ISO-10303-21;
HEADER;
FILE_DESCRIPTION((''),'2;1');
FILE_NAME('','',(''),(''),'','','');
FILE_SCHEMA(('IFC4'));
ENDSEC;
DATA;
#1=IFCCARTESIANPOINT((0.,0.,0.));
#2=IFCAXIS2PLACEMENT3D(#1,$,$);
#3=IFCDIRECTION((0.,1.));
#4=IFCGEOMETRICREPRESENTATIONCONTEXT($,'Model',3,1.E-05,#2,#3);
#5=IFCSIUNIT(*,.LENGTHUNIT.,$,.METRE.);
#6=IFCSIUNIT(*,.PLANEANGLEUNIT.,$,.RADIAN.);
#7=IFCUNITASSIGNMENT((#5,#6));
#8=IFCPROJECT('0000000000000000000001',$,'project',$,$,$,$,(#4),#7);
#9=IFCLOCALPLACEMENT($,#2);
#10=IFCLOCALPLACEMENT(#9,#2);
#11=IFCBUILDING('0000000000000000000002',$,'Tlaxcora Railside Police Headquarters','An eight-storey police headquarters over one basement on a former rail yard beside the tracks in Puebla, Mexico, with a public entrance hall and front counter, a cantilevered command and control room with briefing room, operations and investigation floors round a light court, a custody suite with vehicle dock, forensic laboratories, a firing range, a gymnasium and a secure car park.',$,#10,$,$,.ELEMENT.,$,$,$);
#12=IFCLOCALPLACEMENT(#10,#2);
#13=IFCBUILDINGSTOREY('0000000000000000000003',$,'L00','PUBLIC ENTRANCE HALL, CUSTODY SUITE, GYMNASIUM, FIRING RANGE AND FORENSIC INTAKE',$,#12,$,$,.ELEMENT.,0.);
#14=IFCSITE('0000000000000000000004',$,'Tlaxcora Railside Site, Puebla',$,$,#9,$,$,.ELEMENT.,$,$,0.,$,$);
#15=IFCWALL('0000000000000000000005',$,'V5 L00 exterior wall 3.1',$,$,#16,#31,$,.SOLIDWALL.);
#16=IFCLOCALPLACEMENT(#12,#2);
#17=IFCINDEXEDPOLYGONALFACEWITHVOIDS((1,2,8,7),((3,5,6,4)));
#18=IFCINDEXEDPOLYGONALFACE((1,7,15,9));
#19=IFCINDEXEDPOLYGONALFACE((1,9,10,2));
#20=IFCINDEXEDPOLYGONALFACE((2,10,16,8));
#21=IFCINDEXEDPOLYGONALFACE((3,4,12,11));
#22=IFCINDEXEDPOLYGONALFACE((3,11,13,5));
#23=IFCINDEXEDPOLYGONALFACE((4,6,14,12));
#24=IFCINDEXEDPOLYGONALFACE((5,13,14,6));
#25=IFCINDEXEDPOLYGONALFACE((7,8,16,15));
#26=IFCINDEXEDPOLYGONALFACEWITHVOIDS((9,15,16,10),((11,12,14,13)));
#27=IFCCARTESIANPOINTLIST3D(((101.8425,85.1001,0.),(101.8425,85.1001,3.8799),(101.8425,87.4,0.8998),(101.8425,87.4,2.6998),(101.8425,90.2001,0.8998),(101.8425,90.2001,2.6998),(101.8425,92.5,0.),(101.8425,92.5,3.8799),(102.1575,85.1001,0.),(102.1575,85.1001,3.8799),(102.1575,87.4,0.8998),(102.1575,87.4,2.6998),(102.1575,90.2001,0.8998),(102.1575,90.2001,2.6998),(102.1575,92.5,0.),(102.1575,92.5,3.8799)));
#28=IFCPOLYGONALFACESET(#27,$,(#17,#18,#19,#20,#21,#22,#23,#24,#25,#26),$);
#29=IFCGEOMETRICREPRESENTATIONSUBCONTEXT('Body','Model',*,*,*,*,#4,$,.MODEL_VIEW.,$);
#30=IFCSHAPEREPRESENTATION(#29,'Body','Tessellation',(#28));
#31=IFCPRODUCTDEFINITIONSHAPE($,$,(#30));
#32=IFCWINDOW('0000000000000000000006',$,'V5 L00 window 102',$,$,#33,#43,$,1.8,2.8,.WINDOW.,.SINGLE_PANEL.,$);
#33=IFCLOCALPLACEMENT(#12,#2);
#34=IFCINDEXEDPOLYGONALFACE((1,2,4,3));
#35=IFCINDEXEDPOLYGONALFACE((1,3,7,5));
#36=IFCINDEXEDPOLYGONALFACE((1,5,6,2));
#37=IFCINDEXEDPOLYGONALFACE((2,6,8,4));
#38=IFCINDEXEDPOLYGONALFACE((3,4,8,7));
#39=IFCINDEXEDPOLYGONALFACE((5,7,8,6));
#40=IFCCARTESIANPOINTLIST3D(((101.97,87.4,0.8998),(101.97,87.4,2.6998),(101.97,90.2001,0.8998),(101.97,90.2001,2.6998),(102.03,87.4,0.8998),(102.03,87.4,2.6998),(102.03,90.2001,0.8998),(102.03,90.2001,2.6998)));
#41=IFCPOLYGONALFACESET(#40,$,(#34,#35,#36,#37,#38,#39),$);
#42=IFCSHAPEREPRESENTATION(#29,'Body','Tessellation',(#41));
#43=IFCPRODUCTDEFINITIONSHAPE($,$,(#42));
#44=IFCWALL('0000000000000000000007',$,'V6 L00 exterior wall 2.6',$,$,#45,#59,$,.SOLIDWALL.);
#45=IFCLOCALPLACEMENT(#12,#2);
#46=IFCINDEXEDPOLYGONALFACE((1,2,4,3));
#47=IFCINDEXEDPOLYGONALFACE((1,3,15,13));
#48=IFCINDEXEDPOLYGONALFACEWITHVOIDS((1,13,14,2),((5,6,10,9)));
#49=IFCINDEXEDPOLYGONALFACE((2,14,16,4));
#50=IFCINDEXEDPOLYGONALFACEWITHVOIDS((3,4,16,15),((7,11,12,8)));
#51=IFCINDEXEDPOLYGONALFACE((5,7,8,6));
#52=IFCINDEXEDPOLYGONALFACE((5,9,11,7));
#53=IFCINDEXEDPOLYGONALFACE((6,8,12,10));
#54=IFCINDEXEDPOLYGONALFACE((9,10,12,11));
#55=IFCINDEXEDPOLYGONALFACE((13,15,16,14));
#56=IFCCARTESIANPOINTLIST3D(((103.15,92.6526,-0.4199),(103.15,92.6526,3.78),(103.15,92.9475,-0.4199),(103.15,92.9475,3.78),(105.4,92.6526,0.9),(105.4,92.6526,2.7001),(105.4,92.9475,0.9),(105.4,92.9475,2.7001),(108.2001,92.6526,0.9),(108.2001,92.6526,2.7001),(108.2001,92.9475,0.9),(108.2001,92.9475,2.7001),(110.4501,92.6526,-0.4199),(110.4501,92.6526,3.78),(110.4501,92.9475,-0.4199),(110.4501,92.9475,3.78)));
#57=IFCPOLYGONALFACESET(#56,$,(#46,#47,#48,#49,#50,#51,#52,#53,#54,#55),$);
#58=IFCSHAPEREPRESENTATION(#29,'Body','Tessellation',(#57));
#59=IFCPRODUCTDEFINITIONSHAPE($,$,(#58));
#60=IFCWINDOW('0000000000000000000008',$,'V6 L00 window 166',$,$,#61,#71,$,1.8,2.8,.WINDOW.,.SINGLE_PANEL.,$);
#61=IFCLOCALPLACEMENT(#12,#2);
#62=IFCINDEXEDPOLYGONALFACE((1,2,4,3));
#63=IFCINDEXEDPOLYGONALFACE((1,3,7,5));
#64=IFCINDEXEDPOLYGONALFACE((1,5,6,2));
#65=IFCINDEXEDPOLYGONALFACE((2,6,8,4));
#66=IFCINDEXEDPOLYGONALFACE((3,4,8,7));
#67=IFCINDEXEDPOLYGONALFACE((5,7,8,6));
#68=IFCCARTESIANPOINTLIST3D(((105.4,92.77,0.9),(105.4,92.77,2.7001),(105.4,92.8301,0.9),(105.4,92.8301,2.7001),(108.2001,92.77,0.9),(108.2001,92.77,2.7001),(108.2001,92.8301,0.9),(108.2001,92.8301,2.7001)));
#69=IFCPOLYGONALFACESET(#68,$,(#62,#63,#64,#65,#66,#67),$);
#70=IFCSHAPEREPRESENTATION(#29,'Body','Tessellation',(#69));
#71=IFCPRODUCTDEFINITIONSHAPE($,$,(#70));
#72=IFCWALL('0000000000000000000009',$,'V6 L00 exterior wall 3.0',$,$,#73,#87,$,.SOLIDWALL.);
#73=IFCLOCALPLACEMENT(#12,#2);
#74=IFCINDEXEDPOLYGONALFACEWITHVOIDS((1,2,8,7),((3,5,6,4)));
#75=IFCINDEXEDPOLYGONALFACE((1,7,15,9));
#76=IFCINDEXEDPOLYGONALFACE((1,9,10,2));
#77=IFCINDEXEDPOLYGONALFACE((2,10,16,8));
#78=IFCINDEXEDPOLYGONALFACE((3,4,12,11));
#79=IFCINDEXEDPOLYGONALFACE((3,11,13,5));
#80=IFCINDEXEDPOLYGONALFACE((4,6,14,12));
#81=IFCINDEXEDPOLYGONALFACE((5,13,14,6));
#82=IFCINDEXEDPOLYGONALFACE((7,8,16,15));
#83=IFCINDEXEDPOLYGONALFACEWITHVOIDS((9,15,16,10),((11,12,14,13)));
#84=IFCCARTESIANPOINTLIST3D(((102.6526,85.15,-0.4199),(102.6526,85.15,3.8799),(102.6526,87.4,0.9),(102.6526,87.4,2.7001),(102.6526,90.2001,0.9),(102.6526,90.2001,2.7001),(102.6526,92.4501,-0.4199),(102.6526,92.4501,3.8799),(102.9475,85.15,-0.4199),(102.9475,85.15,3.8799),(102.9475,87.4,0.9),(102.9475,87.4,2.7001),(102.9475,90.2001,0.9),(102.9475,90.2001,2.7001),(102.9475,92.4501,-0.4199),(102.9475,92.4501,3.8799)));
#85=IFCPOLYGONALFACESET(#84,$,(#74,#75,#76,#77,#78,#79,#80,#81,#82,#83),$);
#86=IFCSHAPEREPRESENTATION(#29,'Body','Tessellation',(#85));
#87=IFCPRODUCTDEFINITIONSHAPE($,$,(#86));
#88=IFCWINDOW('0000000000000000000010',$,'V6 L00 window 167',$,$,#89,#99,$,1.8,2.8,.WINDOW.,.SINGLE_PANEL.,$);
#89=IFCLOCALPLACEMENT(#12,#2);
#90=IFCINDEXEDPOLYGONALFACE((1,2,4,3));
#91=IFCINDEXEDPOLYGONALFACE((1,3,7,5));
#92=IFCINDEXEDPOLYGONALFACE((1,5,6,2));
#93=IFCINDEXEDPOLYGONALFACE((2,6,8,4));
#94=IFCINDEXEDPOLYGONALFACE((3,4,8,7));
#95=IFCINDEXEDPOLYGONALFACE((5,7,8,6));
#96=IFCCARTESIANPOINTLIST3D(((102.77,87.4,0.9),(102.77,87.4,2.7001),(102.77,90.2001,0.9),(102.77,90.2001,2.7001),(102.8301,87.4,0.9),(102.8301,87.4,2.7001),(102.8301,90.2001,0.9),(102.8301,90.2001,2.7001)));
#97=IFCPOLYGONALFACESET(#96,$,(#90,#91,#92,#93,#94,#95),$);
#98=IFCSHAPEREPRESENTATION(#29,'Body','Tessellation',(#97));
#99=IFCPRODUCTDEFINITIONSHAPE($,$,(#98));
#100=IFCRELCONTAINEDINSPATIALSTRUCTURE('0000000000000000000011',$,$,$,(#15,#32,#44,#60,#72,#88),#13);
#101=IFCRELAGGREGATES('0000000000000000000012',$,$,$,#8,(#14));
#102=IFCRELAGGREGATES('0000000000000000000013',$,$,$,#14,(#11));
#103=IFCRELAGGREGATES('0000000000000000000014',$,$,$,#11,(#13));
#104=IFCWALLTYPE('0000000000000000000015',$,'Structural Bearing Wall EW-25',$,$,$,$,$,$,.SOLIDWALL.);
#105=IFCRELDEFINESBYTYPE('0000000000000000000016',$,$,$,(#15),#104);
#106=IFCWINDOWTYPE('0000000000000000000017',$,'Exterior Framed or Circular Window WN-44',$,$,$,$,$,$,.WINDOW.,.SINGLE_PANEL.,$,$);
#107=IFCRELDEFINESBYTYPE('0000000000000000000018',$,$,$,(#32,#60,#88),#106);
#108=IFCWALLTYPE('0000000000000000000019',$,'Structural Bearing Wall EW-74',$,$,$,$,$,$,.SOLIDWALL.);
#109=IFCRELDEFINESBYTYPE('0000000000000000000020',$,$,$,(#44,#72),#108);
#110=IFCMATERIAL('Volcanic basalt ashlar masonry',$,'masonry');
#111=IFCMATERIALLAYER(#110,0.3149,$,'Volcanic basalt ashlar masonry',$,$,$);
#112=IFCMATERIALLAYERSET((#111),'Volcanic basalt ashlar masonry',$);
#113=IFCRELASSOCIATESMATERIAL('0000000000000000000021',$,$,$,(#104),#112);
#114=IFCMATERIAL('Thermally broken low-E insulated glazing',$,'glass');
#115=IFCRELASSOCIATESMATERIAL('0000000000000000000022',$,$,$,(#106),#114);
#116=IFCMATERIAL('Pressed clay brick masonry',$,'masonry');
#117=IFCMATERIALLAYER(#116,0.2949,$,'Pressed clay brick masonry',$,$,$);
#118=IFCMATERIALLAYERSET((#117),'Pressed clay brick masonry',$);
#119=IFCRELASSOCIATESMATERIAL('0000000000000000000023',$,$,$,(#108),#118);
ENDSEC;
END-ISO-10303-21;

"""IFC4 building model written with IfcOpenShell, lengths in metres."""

from ifc_helpers import new_model, si_unit, direction, frame, frame_2d, origin, place, context, subcontext, project, spatial, rectangle, extrude, material, layer, layer_set, type_object, element, fill, save


model = new_model("IFC4")

# Units and contexts
model_context = context("Model", 3, precision=1e-05, world=origin(), true_north=direction((0.0, 1.0)))
body_context = subcontext(model_context, "Body", "Model", "MODEL_VIEW")
ifc_project = project(units=[si_unit("LENGTHUNIT", "METRE"), si_unit("PLANEANGLEUNIT", "RADIAN")], contexts=[model_context])

# Site, building, storey
site_placement = place(None, origin())
site = spatial("IfcSite", under=ifc_project, at=site_placement, Name="Tlaxcora Railside Site, Puebla", CompositionType="ELEMENT", RefElevation=0.0)
building_placement = place(site_placement, origin())
building = spatial("IfcBuilding", under=site, at=building_placement, Name="Tlaxcora Railside Police Headquarters", Description="An eight-storey police headquarters over one basement on a former rail yard beside the tracks in Puebla, Mexico, with a public entrance hall and front counter, a cantilevered command and control room with briefing room, operations and investigation floors round a light court, a custody suite with vehicle dock, forensic laboratories, a firing range, a gymnasium and a secure car park.", CompositionType="ELEMENT")
storey_placement = place(building_placement, origin())
storey = spatial("IfcBuildingStorey", under=building, at=storey_placement, Name="L00", Description="PUBLIC ENTRANCE HALL, CUSTODY SUITE, GYMNASIUM, FIRING RANGE AND FORENSIC INTAKE", CompositionType="ELEMENT", Elevation=0.0)

# Walls, openings, windows
ifc_material_1 = material(Name="Volcanic basalt ashlar masonry", Category="masonry")
ifc_layer_1 = layer(ifc_material_1, 0.3149, Name="Volcanic basalt ashlar masonry")
ifc_layer_set_1 = layer_set([ifc_layer_1], Name="Volcanic basalt ashlar masonry")
wall_type_1 = type_object("IfcWallType", Name="Structural Bearing Wall EW-25", PredefinedType="SOLIDWALL", material=ifc_layer_set_1)
wall_1_placement = place(storey_placement, frame((102.0, 85.1001, 0.0), z_axis=(0.0, 0.0, 1.0), x_axis=(0.0, 1.0, 0.0)))
wall_1 = element("IfcWall", 1, at=wall_1_placement, inside=storey, type_object=wall_type_1, Name="V5 L00 exterior wall 3.1", PredefinedType="SOLIDWALL", context=body_context, shape_type="SweptSolid", body=[
    extrude(rectangle(XDim=7.3999, YDim=0.3149, at=frame_2d((3.7, 0.0))), origin(), (0.0, 0.0, 1.0), 3.8799),
])
opening_1_placement = place(wall_1_placement, frame((2.3, 0.0, 0.8999)))
opening_1 = element("IfcOpeningElement", 2, at=opening_1_placement, cuts=wall_1, PredefinedType="OPENING", context=body_context, shape_type="SweptSolid", body=[
    extrude(rectangle(XDim=2.8, YDim=1.8, at=frame_2d((1.3999, 0.8999))), frame((0.0, 0.1675, 0.0), z_axis=(0.0, -1.0, 0.0), x_axis=(1.0, 0.0, 0.0)), (0.0, 0.0, 1.0), 0.335),
])
ifc_material_2 = material(Name="Thermally broken low-E insulated glazing", Category="glass")
window_type = type_object("IfcWindowType", Name="Exterior Framed or Circular Window WN-44", PartitioningType="SINGLE_PANEL", PredefinedType="WINDOW", material=ifc_material_2)
window_1_placement = place(opening_1_placement, origin())
window_1 = element("IfcWindow", 3, at=window_1_placement, inside=storey, type_object=window_type, Name="V5 L00 window 102", OverallHeight=1.8, OverallWidth=2.8, PartitioningType="SINGLE_PANEL", PredefinedType="WINDOW", context=body_context, shape_type="SweptSolid", body=[
    extrude(rectangle(XDim=2.8, YDim=1.8, at=frame_2d((1.3999, 0.8999))), frame((0.0, 0.03, 0.0), z_axis=(0.0, -1.0, 0.0), x_axis=(1.0, 0.0, 0.0)), (0.0, 0.0, 1.0), 0.0601),
])
fill(opening_1, window_1)
ifc_material_3 = material(Name="Pressed clay brick masonry", Category="masonry")
ifc_layer_2 = layer(ifc_material_3, 0.2949, Name="Pressed clay brick masonry")
ifc_layer_set_2 = layer_set([ifc_layer_2], Name="Pressed clay brick masonry")
wall_type_2 = type_object("IfcWallType", Name="Structural Bearing Wall EW-74", PredefinedType="SOLIDWALL", material=ifc_layer_set_2)
wall_2_placement = place(storey_placement, frame((110.45, 92.8, -0.4199), z_axis=(0.0, 0.0, 1.0), x_axis=(-1.0, 0.0, 0.0)))
wall_2 = element("IfcWall", 4, at=wall_2_placement, inside=storey, type_object=wall_type_2, Name="V6 L00 exterior wall 2.6", PredefinedType="SOLIDWALL", context=body_context, shape_type="SweptSolid", body=[
    extrude(rectangle(XDim=7.3, YDim=0.2949, at=frame_2d((3.6499, 0.0))), origin(), (0.0, 0.0, 1.0), 4.2),
])
opening_2_placement = place(wall_2_placement, frame((2.25, 0.0, 1.3201)))
opening_2 = element("IfcOpeningElement", 5, at=opening_2_placement, cuts=wall_2, PredefinedType="OPENING", context=body_context, shape_type="SweptSolid", body=[
    extrude(rectangle(XDim=2.8, YDim=1.8, at=frame_2d((1.3999, 0.8999))), frame((0.0, 0.1575, 0.0), z_axis=(0.0, -1.0, 0.0), x_axis=(1.0, 0.0, 0.0)), (0.0, 0.0, 1.0), 0.3149),
])
window_2_placement = place(opening_2_placement, origin())
window_2 = element("IfcWindow", 6, at=window_2_placement, inside=storey, type_object=window_type, Name="V6 L00 window 166", OverallHeight=1.8, OverallWidth=2.8, PartitioningType="SINGLE_PANEL", PredefinedType="WINDOW", context=body_context, shape_type="SweptSolid", body=[
    extrude(rectangle(XDim=2.8, YDim=1.8, at=frame_2d((1.3999, 0.8999))), frame((0.0, 0.03, 0.0), z_axis=(0.0, -1.0, 0.0), x_axis=(1.0, 0.0, 0.0)), (0.0, 0.0, 1.0), 0.0601),
])
fill(opening_2, window_2)
wall_3_placement = place(storey_placement, frame((102.8, 92.45, -0.4199), z_axis=(0.0, 0.0, 1.0), x_axis=(0.0, -1.0, 0.0)))
wall_3 = element("IfcWall", 7, at=wall_3_placement, inside=storey, type_object=wall_type_2, Name="V6 L00 exterior wall 3.0", PredefinedType="SOLIDWALL", context=body_context, shape_type="SweptSolid", body=[
    extrude(rectangle(XDim=7.3, YDim=0.2949, at=frame_2d((3.6499, 0.0))), origin(), (0.0, 0.0, 1.0), 4.2998),
])
opening_3_placement = place(wall_3_placement, frame((2.25, 0.0, 1.3201)))
opening_3 = element("IfcOpeningElement", 8, at=opening_3_placement, cuts=wall_3, PredefinedType="OPENING", context=body_context, shape_type="SweptSolid", body=[
    extrude(rectangle(XDim=2.8, YDim=1.8, at=frame_2d((1.3999, 0.8999))), frame((0.0, 0.1575, 0.0), z_axis=(0.0, -1.0, 0.0), x_axis=(1.0, 0.0, 0.0)), (0.0, 0.0, 1.0), 0.3149),
])
window_3_placement = place(opening_3_placement, origin())
window_3 = element("IfcWindow", 9, at=window_3_placement, inside=storey, type_object=window_type, Name="V6 L00 window 167", OverallHeight=1.8, OverallWidth=2.8, PartitioningType="SINGLE_PANEL", PredefinedType="WINDOW", context=body_context, shape_type="SweptSolid", body=[
    extrude(rectangle(XDim=2.8, YDim=1.8, at=frame_2d((1.3999, 0.8999))), frame((0.0, 0.03, 0.0), z_axis=(0.0, -1.0, 0.0), x_axis=(1.0, 0.0, 0.0)), (0.0, 0.0, 1.0), 0.0601),
])
fill(opening_3, window_3)

save(model, "model.ifc")
